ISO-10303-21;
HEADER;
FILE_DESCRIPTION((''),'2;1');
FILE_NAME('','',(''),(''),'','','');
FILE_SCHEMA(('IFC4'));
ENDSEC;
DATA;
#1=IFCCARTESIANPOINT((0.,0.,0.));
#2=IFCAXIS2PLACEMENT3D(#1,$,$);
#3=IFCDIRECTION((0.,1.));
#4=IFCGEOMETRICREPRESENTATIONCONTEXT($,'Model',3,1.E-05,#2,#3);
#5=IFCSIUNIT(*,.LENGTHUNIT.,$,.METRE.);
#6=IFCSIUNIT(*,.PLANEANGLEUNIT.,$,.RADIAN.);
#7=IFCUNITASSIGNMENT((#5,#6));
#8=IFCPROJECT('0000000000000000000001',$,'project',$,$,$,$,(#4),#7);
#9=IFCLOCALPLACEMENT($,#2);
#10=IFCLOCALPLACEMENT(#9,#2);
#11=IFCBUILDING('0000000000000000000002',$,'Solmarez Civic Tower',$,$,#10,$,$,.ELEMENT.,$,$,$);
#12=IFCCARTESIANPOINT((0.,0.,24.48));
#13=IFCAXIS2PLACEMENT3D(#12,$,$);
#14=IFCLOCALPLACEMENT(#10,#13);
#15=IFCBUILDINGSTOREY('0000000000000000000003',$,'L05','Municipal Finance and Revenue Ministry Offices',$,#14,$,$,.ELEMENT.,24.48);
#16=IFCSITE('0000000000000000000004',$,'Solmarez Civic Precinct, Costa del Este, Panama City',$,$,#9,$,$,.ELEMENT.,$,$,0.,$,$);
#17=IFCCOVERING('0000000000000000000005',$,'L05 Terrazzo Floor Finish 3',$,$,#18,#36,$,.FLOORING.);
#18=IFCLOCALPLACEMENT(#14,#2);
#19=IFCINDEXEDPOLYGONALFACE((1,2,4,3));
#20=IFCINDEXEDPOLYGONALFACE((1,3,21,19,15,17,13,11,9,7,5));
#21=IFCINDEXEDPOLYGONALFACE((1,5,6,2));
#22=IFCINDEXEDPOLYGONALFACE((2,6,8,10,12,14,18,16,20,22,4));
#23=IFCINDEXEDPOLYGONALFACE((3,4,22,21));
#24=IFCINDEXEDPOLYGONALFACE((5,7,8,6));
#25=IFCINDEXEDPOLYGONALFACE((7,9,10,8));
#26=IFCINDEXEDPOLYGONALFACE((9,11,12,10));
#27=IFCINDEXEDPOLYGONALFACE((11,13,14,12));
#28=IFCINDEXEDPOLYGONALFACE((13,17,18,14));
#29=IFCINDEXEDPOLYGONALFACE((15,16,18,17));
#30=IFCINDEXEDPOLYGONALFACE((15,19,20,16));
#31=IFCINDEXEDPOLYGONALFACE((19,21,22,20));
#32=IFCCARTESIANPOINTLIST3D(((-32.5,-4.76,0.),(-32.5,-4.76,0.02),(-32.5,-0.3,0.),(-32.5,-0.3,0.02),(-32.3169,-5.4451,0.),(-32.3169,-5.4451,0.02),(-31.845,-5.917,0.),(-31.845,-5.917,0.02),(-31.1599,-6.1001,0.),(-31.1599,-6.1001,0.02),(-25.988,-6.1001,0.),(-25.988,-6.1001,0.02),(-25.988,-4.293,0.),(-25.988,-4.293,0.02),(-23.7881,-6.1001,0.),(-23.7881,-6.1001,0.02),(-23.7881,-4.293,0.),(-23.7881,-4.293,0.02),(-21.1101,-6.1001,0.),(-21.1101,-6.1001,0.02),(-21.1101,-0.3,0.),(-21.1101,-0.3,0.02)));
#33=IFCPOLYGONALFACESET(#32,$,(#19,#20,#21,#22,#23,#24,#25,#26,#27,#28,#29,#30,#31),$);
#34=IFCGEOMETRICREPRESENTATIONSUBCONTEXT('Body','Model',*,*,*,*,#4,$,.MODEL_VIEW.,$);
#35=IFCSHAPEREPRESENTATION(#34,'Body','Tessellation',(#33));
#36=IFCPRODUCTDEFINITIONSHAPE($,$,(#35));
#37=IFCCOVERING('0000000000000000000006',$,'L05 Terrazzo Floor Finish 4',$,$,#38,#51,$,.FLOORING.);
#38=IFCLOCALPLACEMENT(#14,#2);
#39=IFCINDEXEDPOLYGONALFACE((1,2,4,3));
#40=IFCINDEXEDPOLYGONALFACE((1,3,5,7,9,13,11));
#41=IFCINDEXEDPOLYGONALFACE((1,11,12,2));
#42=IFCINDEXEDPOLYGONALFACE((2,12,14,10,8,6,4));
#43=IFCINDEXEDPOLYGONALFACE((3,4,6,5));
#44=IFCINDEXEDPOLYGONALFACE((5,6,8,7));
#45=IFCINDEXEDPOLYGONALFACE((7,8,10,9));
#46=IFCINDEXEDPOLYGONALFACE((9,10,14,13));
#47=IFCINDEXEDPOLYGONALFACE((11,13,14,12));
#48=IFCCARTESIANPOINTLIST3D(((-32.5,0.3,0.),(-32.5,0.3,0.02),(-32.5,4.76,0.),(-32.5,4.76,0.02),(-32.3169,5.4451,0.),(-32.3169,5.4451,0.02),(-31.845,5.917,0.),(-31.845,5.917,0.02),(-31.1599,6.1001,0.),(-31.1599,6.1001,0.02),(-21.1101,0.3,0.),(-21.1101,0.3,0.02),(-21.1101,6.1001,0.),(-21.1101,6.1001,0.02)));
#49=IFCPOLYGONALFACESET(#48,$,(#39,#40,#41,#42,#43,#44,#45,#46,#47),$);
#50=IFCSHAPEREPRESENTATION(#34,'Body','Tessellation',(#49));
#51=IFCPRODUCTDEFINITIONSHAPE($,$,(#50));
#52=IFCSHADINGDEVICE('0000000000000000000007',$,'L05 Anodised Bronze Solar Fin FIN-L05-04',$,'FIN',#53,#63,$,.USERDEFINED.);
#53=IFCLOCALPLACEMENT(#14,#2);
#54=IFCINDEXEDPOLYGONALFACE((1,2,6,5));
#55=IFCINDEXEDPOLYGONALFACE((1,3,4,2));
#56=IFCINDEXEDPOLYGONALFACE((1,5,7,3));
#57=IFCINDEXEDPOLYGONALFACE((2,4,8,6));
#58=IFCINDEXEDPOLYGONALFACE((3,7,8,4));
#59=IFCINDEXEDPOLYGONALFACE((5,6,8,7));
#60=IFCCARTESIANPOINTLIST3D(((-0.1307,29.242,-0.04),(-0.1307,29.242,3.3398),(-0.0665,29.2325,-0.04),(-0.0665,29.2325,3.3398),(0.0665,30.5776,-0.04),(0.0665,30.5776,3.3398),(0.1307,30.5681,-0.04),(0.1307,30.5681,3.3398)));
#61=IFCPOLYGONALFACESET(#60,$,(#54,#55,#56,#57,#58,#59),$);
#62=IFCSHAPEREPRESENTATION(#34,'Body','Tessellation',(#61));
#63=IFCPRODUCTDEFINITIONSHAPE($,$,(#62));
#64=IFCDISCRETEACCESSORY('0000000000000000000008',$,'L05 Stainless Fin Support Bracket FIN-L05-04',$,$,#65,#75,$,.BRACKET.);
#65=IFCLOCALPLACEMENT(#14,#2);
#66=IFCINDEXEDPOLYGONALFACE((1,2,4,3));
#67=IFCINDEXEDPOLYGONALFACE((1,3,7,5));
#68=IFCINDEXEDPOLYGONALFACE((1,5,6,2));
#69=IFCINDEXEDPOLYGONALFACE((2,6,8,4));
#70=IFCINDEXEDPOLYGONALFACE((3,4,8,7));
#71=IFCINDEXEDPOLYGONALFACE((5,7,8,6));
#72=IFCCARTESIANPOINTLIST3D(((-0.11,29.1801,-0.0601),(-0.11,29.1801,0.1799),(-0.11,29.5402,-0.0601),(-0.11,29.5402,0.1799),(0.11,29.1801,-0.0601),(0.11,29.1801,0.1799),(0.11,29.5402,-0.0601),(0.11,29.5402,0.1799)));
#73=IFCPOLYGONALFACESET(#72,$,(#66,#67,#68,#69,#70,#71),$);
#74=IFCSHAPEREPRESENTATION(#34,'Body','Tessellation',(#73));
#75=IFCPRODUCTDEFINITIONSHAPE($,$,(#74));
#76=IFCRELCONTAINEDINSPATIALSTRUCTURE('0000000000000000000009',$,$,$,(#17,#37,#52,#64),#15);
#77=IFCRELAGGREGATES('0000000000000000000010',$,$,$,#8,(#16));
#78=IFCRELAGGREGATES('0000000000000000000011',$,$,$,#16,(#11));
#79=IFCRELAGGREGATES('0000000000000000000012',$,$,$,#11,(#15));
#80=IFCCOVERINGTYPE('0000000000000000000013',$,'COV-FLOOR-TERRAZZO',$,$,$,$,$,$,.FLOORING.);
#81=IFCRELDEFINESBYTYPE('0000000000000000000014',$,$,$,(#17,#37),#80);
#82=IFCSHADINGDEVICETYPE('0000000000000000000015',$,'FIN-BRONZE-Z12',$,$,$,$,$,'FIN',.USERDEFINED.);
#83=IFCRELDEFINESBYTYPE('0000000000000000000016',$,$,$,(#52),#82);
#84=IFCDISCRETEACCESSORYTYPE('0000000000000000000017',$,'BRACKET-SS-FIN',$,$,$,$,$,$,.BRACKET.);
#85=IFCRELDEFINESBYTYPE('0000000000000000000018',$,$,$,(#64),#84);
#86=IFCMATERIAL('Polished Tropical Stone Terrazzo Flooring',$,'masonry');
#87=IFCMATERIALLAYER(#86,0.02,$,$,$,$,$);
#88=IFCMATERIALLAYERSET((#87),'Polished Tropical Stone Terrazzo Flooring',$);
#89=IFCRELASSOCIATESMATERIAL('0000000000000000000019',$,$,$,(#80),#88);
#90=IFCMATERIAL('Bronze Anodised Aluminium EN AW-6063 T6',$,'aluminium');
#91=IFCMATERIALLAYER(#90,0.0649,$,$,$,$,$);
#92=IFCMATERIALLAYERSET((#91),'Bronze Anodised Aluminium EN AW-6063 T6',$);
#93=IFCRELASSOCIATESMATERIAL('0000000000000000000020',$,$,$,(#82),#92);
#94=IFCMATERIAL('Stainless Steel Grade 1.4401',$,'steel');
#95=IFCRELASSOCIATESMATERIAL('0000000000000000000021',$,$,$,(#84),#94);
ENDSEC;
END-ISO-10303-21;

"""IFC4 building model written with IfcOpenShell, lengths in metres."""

from ifc_helpers import new_model, si_unit, direction, frame, origin, origin_2d, place, context, subcontext, project, spatial, polyline, rectangle, outline, extrude, material, layer, layer_set, type_object, element, save


model = new_model("IFC4")

# Units and contexts
model_context = context("Model", 3, precision=1e-05, world=origin(), true_north=direction((0.0, 1.0)))
body_context = subcontext(model_context, "Body", "Model", "MODEL_VIEW")
ifc_project = project(units=[si_unit("LENGTHUNIT", "METRE"), si_unit("PLANEANGLEUNIT", "RADIAN")], contexts=[model_context])

# Site, building, storey
site_placement = place(None, origin())
site = spatial("IfcSite", under=ifc_project, at=site_placement, Name="Solmarez Civic Precinct, Costa del Este, Panama City", CompositionType="ELEMENT", RefElevation=0.0)
building_placement = place(site_placement, origin())
building = spatial("IfcBuilding", under=site, at=building_placement, Name="Solmarez Civic Tower", CompositionType="ELEMENT")
storey_placement = place(building_placement, frame((0.0, 0.0, 24.48)))
storey = spatial("IfcBuildingStorey", under=building, at=storey_placement, Name="L05", Description="Municipal Finance and Revenue Ministry Offices", CompositionType="ELEMENT", Elevation=24.48)

# Shared definitions
ifc_material_1 = material(Name="Bronze Anodised Aluminium EN AW-6063 T6", Category="aluminium")

# Coverings
ifc_material_2 = material(Name="Polished Tropical Stone Terrazzo Flooring", Category="masonry")
ifc_layer_1 = layer(ifc_material_2, 0.02)
ifc_layer_set_1 = layer_set([ifc_layer_1], Name="Polished Tropical Stone Terrazzo Flooring")
covering_type_1 = type_object("IfcCoveringType", Name="COV-FLOOR-TERRAZZO", PredefinedType="FLOORING", material=ifc_layer_set_1)
covering_1_placement = place(storey_placement, origin())
element("IfcCovering", 1, at=covering_1_placement, inside=storey, type_object=covering_type_1, Name="L05 Terrazzo Floor Finish 3", PredefinedType="FLOORING", context=body_context, shape_type="SweptSolid", body=[
    extrude(outline(polyline([(-32.5, -0.3), (-32.5, -4.76), (-32.3169, -5.4451), (-31.845, -5.917), (-31.1599, -6.1001), (-25.988, -6.1001), (-25.988, -4.293), (-23.7881, -4.293), (-23.7881, -6.1001), (-21.1101, -6.1001), (-21.1101, -0.3), (-32.5, -0.3)])), origin(), (0.0, 0.0, 1.0), 0.02),
])
covering_2_placement = place(storey_placement, origin())
element("IfcCovering", 2, at=covering_2_placement, inside=storey, type_object=covering_type_1, Name="L05 Terrazzo Floor Finish 4", PredefinedType="FLOORING", context=body_context, shape_type="SweptSolid", body=[
    extrude(outline(polyline([(-21.1101, 6.1001), (-31.1599, 6.1001), (-31.845, 5.917), (-32.3169, 5.4451), (-32.5, 4.76), (-32.5, 0.3), (-21.1101, 0.3), (-21.1101, 6.1001)])), origin(), (0.0, 0.0, 1.0), 0.02),
])

# Shading device
ifc_layer_2 = layer(ifc_material_1, 0.0649)
ifc_layer_set_2 = layer_set([ifc_layer_2], Name="Bronze Anodised Aluminium EN AW-6063 T6")
shading_device_type = type_object("IfcShadingDeviceType", Name="FIN-BRONZE-Z12", ElementType="FIN", PredefinedType="USERDEFINED", material=ifc_layer_set_2)
shading_device_placement = place(storey_placement, frame((0.0, 29.905, -0.04), z_axis=(0.0, 0.0, 1.0), x_axis=(0.146083, 0.989272, 0.0)))
element("IfcShadingDevice", 3, at=shading_device_placement, inside=storey, type_object=shading_device_type, Name="L05 Anodised Bronze Solar Fin FIN-L05-04", ObjectType="FIN", PredefinedType="USERDEFINED", context=body_context, shape_type="SweptSolid", body=[
    extrude(rectangle(XDim=1.3501, YDim=0.0649, at=origin_2d()), origin(), (0.0, 0.0, 1.0), 3.3799),
])

# Discrete accessory
ifc_material_3 = material(Name="Stainless Steel Grade 1.4401", Category="steel")
discrete_accessory_type = type_object("IfcDiscreteAccessoryType", Name="BRACKET-SS-FIN", PredefinedType="BRACKET", material=ifc_material_3)
discrete_accessory_placement = place(storey_placement, frame((0.0, 29.3601, -0.0601), z_axis=(0.0, 0.0, 1.0), x_axis=(0.0, 1.0, 0.0)))
element("IfcDiscreteAccessory", 4, at=discrete_accessory_placement, inside=storey, type_object=discrete_accessory_type, Name="L05 Stainless Fin Support Bracket FIN-L05-04", PredefinedType="BRACKET", context=body_context, shape_type="SweptSolid", body=[
    extrude(rectangle(XDim=0.3601, YDim=0.22, at=origin_2d()), origin(), (0.0, 0.0, 1.0), 0.24),
])

save(model, "model.ifc")
